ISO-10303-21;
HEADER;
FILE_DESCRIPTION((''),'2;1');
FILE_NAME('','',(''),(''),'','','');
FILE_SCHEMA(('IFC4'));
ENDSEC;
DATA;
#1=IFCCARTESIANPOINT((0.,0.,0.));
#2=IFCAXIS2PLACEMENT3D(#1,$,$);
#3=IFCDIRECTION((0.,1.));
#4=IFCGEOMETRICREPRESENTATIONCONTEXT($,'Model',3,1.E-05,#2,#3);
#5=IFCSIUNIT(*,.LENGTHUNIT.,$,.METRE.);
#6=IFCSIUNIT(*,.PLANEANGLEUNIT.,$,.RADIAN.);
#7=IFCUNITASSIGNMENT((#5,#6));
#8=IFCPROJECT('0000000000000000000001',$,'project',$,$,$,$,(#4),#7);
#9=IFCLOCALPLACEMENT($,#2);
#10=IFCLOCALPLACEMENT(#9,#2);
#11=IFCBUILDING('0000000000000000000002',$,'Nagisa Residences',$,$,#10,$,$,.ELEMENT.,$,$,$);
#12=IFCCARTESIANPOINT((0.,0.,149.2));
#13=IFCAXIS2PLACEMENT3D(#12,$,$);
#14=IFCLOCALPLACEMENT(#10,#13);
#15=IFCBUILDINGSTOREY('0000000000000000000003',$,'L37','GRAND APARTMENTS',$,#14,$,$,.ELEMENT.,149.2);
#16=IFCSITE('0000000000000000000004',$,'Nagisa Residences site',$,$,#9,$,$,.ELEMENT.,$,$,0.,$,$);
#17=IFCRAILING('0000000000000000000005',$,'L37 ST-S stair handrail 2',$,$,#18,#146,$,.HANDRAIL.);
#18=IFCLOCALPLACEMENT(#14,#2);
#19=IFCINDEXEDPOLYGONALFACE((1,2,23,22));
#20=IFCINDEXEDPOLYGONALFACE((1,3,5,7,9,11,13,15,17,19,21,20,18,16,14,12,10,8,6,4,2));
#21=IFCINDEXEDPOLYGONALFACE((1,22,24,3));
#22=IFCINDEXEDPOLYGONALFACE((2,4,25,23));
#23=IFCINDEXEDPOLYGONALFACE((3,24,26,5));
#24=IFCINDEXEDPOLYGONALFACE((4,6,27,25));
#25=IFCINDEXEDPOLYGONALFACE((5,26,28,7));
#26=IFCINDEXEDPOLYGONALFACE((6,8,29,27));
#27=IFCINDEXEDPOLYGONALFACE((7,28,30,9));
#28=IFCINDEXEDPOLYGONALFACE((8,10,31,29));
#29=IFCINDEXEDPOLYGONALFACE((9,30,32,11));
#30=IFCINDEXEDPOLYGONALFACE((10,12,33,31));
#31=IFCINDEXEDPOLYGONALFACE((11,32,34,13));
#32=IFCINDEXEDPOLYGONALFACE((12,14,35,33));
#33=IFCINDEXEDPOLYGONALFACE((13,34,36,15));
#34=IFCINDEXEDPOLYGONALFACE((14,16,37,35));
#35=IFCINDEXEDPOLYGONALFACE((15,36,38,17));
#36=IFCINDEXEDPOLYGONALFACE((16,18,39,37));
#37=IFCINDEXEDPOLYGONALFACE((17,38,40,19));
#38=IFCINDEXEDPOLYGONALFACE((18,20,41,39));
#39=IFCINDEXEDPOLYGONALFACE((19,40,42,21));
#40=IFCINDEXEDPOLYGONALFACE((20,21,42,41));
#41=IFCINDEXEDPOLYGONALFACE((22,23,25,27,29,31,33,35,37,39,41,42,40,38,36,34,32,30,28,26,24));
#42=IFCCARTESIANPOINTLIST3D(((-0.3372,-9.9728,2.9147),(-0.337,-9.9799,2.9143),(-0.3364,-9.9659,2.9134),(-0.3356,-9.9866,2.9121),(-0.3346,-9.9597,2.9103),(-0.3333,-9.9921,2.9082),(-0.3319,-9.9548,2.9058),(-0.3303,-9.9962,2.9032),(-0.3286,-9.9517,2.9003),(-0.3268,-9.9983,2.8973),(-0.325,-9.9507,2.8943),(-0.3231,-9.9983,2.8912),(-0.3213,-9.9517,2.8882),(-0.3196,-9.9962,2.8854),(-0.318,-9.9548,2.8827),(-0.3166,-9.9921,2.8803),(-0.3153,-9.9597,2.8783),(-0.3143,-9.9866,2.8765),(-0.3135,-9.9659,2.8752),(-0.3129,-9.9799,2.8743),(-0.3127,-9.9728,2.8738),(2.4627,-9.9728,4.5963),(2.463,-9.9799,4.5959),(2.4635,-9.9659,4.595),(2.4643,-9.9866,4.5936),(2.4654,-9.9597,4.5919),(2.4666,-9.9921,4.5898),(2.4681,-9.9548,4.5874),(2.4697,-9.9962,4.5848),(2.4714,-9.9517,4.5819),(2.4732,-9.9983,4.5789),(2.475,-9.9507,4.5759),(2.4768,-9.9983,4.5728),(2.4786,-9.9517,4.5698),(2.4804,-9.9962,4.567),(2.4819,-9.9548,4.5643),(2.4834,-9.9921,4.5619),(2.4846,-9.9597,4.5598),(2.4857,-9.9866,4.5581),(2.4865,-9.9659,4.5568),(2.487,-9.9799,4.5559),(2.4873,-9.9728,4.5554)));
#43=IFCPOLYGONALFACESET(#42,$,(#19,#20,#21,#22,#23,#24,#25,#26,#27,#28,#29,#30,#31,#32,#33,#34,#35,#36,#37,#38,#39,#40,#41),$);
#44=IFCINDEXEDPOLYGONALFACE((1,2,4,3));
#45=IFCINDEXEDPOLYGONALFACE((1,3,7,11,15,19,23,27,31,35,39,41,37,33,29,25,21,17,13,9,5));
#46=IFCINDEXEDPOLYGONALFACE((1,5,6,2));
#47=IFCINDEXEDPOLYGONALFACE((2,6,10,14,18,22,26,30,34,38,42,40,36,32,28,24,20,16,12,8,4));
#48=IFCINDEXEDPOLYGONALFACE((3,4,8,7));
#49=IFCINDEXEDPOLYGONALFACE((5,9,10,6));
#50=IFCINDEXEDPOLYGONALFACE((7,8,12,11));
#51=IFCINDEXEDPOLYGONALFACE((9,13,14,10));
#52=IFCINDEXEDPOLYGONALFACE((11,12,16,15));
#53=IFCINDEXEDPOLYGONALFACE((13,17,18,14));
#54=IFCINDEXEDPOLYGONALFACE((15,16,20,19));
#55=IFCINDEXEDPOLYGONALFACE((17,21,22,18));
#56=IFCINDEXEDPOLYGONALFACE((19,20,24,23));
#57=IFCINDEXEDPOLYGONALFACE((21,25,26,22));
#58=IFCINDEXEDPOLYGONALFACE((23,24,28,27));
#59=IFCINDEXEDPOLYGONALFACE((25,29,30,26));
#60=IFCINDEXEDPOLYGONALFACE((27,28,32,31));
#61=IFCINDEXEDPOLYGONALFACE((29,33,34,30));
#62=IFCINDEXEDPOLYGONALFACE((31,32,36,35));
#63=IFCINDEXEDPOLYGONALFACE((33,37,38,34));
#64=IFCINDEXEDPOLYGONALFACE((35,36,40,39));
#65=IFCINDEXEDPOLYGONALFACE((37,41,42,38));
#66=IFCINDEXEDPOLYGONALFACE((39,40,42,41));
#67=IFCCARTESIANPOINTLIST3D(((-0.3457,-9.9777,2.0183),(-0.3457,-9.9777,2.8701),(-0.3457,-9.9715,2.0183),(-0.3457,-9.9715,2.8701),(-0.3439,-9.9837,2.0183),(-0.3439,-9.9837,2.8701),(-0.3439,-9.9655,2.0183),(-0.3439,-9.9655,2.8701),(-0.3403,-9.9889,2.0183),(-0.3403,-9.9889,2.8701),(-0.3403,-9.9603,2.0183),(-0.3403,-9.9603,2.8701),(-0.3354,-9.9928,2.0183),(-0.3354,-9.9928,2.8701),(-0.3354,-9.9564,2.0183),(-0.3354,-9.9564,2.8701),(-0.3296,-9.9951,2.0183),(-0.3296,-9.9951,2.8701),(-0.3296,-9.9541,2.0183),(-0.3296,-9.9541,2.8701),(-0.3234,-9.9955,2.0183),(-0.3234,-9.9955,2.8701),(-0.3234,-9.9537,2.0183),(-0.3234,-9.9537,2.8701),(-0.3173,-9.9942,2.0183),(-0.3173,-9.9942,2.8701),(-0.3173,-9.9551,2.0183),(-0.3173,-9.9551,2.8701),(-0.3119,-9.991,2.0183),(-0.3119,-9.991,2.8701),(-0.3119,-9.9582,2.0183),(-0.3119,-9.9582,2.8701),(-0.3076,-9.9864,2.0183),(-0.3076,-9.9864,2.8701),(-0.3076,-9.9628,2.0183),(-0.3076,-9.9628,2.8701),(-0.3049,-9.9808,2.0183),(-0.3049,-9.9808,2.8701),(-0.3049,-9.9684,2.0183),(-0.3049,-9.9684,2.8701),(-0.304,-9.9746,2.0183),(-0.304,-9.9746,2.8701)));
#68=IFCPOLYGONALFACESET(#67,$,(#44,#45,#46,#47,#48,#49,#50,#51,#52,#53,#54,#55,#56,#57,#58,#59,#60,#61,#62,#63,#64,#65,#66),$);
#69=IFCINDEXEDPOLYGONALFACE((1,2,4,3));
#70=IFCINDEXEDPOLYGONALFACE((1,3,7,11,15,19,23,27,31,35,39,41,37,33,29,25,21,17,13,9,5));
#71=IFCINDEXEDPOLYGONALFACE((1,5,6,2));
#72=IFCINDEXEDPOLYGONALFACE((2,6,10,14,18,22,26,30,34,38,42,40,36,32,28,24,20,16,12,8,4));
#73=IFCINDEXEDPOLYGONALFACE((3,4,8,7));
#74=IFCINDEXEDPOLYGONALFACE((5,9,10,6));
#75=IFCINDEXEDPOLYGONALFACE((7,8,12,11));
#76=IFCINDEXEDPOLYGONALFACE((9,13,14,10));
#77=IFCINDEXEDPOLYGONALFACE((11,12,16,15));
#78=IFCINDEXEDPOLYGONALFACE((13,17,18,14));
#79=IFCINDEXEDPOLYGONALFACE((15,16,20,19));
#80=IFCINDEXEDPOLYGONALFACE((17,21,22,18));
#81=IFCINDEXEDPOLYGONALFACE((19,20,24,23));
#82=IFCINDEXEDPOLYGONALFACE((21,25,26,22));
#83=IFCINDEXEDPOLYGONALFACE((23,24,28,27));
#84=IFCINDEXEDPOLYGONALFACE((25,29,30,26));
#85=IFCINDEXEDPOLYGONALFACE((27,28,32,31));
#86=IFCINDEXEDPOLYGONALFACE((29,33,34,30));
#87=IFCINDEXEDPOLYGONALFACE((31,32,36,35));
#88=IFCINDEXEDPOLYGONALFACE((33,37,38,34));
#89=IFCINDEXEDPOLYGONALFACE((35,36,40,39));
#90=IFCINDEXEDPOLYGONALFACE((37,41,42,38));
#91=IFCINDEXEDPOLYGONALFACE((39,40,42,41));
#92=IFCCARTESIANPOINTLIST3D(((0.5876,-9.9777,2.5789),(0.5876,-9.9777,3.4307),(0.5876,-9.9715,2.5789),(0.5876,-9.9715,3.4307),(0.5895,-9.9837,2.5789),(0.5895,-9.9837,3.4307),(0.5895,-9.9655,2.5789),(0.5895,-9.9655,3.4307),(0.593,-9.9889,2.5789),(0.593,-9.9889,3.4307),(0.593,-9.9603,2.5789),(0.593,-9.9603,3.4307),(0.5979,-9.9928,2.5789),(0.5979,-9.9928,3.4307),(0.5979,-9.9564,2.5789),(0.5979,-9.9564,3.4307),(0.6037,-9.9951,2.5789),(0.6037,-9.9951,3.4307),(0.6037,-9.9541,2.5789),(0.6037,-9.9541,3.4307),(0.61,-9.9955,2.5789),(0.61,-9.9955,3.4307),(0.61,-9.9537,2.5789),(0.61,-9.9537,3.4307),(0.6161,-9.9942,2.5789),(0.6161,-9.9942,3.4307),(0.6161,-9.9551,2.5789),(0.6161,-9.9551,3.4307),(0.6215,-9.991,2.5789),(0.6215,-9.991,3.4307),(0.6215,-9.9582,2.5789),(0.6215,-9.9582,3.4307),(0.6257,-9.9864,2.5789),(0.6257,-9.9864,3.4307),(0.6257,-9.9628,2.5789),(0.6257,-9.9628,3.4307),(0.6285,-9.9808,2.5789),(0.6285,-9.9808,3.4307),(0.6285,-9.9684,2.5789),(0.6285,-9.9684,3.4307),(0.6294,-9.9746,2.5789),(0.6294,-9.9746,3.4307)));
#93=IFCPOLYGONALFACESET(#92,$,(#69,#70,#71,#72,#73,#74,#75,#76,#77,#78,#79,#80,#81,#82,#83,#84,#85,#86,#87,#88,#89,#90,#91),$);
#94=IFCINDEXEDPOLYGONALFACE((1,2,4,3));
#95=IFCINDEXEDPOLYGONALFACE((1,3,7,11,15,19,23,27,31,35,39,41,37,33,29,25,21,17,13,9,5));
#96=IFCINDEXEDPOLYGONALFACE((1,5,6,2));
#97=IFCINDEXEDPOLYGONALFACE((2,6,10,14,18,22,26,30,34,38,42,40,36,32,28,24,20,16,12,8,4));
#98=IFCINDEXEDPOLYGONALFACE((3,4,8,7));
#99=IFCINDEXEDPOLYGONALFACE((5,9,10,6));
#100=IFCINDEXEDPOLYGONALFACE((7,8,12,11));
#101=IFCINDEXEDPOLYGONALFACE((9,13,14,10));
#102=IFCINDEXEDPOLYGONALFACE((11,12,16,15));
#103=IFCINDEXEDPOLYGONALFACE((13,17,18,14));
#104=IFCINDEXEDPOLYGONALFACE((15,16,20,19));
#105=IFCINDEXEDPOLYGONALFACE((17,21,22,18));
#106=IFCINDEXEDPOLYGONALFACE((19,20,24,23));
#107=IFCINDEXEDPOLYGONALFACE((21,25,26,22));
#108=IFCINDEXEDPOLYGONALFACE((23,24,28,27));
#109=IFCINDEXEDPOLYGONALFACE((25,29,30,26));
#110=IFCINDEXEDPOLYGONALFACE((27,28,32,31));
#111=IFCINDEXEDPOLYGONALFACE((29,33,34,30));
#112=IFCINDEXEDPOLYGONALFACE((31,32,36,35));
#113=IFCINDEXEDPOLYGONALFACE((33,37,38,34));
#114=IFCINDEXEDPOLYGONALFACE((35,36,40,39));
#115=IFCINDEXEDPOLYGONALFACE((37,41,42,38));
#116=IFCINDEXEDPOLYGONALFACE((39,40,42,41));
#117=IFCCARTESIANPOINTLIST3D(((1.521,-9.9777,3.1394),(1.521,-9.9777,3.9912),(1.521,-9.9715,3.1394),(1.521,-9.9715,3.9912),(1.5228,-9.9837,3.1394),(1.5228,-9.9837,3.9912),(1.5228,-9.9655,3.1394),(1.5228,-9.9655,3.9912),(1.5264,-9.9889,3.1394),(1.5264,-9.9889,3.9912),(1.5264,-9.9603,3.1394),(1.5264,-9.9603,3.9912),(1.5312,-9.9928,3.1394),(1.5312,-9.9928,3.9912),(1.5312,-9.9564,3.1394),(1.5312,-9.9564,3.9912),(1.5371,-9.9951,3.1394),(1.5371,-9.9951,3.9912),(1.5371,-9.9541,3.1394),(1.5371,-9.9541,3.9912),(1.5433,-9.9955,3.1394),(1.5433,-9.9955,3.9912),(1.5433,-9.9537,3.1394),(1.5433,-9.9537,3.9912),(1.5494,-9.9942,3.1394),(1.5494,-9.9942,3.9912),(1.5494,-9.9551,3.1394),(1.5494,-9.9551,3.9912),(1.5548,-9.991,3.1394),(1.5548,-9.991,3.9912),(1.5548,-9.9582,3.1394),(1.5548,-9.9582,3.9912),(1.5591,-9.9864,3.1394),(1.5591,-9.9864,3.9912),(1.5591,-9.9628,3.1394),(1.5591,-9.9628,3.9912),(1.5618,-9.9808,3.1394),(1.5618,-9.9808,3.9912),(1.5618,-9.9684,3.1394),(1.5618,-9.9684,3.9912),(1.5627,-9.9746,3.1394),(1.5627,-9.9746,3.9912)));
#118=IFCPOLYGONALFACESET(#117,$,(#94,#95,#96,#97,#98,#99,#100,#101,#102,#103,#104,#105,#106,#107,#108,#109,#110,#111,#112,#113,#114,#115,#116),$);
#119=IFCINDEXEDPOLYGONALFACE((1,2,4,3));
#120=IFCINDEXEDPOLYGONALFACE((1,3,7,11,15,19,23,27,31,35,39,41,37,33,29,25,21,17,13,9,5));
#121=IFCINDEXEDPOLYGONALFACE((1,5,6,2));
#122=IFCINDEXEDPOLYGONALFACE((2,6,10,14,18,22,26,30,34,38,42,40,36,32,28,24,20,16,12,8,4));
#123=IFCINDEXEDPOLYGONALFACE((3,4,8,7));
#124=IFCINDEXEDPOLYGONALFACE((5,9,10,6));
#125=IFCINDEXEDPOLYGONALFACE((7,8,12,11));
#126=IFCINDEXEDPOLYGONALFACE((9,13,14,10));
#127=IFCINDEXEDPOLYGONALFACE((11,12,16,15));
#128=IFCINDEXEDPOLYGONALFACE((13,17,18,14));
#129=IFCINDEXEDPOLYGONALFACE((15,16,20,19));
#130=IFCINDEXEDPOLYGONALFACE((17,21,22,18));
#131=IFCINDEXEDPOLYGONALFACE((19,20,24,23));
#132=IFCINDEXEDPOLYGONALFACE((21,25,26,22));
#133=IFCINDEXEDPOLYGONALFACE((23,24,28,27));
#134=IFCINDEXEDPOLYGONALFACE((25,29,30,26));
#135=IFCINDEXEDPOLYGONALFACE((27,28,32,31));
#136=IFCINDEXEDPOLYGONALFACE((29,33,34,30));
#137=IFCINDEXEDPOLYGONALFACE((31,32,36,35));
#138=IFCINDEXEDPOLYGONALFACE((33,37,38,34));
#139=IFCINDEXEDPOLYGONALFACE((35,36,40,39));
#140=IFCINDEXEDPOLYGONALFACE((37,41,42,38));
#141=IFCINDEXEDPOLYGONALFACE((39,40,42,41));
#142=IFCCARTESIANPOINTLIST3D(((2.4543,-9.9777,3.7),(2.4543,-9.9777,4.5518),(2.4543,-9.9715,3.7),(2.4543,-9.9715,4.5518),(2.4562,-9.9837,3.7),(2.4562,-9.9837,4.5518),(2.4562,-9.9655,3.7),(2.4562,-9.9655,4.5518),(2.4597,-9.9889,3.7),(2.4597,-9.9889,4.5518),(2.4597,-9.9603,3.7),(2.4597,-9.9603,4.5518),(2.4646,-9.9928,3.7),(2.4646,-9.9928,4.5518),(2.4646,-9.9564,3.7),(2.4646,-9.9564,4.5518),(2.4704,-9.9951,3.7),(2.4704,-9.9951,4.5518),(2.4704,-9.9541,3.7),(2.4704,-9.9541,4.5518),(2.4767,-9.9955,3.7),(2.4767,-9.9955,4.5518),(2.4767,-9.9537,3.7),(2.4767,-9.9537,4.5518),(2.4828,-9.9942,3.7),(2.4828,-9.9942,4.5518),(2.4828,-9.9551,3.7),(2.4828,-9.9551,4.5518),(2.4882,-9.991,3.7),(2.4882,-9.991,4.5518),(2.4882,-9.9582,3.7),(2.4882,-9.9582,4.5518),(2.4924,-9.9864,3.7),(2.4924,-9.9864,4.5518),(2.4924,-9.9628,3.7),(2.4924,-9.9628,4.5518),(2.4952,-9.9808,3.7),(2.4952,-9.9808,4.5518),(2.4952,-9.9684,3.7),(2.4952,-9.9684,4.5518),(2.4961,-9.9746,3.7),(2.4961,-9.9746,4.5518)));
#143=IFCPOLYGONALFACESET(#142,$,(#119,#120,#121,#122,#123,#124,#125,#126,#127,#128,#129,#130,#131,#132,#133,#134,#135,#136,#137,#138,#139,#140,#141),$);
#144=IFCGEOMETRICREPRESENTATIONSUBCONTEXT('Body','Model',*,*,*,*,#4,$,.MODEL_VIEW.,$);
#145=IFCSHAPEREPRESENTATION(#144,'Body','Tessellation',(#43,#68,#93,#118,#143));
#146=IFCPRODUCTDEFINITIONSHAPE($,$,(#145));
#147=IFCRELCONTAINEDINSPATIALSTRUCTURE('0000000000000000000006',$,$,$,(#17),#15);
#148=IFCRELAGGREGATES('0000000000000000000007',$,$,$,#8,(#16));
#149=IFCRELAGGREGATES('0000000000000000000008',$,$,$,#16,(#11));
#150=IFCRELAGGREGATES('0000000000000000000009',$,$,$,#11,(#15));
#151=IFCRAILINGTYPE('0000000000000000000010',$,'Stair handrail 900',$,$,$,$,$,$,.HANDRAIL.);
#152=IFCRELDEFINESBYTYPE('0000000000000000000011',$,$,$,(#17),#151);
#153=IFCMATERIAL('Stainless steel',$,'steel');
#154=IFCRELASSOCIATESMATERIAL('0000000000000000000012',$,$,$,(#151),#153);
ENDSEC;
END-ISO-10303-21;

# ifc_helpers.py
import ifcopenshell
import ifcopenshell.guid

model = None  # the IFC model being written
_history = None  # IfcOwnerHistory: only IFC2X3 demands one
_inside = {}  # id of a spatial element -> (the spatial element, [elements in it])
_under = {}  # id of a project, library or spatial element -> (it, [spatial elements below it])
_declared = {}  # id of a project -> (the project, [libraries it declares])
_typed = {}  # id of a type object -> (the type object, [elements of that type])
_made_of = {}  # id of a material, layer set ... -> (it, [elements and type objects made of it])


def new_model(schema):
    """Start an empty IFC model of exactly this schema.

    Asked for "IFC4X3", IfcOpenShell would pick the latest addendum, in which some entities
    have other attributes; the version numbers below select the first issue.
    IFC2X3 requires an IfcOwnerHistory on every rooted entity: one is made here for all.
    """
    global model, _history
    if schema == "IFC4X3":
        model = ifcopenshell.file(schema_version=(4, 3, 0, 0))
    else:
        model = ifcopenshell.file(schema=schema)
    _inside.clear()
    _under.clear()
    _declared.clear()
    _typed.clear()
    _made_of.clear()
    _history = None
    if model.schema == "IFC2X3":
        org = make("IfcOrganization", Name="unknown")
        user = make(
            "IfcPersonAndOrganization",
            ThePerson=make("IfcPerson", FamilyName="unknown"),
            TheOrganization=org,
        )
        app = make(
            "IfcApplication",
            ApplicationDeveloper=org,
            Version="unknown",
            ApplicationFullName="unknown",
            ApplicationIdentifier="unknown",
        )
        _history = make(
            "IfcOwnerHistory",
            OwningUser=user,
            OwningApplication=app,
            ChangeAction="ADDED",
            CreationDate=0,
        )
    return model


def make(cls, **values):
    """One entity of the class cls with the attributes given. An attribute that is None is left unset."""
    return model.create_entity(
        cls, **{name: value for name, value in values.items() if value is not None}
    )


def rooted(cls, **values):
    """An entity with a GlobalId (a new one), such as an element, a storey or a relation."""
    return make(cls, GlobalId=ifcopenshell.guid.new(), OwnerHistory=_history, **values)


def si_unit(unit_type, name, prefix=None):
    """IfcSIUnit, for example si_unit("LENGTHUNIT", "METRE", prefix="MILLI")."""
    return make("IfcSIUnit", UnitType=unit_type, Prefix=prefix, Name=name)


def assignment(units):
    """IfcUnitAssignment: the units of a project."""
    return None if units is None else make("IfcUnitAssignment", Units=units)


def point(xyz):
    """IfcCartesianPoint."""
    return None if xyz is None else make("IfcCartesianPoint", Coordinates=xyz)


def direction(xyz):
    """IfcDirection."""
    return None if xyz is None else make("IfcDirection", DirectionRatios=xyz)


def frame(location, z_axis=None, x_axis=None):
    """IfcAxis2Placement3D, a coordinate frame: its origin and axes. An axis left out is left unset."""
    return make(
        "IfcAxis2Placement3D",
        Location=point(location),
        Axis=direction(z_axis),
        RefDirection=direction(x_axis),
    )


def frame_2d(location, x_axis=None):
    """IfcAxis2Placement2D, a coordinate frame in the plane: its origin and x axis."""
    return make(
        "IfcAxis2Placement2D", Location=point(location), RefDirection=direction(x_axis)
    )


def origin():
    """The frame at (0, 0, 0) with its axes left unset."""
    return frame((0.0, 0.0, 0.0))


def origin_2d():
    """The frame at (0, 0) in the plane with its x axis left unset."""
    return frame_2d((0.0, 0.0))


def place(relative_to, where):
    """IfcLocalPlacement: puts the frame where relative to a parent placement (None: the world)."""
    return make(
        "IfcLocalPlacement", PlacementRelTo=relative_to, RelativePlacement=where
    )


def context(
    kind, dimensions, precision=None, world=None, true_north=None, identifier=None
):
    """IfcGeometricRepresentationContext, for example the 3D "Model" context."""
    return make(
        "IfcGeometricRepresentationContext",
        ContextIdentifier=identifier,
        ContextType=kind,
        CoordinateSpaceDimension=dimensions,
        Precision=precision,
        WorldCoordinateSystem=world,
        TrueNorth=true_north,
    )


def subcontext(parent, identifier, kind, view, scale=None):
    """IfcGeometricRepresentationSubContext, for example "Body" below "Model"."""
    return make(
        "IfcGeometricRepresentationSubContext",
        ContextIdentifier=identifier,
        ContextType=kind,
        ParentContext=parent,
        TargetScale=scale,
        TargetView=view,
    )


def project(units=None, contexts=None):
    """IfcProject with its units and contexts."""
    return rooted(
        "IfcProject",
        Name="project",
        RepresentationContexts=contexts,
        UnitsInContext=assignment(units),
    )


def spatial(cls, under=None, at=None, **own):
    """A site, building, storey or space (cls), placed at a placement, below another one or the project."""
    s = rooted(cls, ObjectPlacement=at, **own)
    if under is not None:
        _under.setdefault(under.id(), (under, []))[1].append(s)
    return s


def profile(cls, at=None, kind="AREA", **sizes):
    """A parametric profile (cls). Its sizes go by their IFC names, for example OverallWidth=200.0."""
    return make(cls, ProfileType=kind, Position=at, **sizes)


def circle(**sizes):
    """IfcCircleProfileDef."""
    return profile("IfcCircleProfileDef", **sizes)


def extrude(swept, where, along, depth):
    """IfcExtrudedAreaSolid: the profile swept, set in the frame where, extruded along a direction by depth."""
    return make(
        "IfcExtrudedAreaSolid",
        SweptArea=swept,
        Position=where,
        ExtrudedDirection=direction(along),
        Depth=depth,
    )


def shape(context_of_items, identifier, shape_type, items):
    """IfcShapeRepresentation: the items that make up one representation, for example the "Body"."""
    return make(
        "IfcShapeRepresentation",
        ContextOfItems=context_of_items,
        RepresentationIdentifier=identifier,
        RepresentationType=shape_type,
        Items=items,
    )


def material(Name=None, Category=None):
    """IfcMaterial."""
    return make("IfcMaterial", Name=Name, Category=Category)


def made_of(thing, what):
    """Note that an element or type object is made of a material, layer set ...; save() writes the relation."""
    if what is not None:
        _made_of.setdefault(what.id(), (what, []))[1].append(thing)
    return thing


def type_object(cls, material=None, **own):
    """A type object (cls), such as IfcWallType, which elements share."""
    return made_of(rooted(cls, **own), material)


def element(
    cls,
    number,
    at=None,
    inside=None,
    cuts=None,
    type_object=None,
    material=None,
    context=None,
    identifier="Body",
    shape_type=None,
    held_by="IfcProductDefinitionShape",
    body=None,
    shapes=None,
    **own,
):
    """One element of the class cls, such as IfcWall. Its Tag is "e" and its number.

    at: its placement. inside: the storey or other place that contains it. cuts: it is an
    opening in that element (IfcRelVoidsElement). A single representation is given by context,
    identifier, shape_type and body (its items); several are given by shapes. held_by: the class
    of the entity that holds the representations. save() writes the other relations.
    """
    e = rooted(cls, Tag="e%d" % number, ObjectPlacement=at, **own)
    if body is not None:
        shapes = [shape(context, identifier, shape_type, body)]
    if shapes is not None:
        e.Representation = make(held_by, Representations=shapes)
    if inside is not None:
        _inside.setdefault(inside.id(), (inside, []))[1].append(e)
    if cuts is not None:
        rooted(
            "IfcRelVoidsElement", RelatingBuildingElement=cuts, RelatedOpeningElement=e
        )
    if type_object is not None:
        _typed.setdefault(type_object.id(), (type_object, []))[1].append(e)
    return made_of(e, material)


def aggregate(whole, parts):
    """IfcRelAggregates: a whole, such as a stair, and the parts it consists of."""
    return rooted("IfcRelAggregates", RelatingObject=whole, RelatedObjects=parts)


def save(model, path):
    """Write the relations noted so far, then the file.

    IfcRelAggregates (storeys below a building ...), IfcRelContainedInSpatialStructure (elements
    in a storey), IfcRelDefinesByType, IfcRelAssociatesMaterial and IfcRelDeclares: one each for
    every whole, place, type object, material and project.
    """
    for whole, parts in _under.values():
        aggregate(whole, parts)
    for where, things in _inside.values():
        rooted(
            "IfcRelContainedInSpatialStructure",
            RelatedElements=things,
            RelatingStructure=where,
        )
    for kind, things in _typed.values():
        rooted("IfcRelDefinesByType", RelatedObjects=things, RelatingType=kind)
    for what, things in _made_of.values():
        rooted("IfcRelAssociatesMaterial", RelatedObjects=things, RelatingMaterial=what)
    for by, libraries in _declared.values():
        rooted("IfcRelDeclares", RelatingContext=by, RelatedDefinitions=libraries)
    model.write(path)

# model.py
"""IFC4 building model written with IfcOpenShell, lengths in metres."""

from ifc_helpers import new_model, si_unit, direction, frame, origin, origin_2d, place, context, subcontext, project, spatial, circle, extrude, material, type_object, element, save


model = new_model("IFC4")

# Units and contexts
model_context = context("Model", 3, precision=1e-05, world=origin(), true_north=direction((0.0, 1.0)))
body_context = subcontext(model_context, "Body", "Model", "MODEL_VIEW")
ifc_project = project(units=[si_unit("LENGTHUNIT", "METRE"), si_unit("PLANEANGLEUNIT", "RADIAN")], contexts=[model_context])

# Site, building, storey
site_placement = place(None, origin())
site = spatial("IfcSite", under=ifc_project, at=site_placement, Name="Nagisa Residences site", CompositionType="ELEMENT", RefElevation=0.0)
building_placement = place(site_placement, origin())
building = spatial("IfcBuilding", under=site, at=building_placement, Name="Nagisa Residences", CompositionType="ELEMENT")
storey_placement = place(building_placement, frame((0.0, 0.0, 149.2)))
storey = spatial("IfcBuildingStorey", under=building, at=storey_placement, Name="L37", Description="GRAND APARTMENTS", CompositionType="ELEMENT", Elevation=149.2)

# Railing
ifc_material_1 = material(Name="Stainless steel", Category="steel")
railing_type = type_object("IfcRailingType", Name="Stair handrail 900", PredefinedType="HANDRAIL", material=ifc_material_1)
railing_placement = place(storey_placement, frame((-0.325, -9.9746, 2.0183)))
element("IfcRailing", 1, at=railing_placement, inside=storey, type_object=railing_type, Name="L37 ST-S stair handrail 2", PredefinedType="HANDRAIL", context=body_context, shape_type="SweptSolid", body=[
    extrude(circle(Radius=0.0239, at=origin_2d()), frame((0.0, 0.0, 0.876), z_axis=(0.857275, 0.0, 0.514858), x_axis=(0.0, 1.0, 0.0)), (0.0, 0.0, 1.0), 3.2661),
    extrude(circle(Radius=0.021, at=origin_2d()), origin(), (0.0, 0.0, 1.0), 0.8518),
    extrude(circle(Radius=0.021, at=origin_2d()), frame((0.9333, 0.0, 0.5605)), (0.0, 0.0, 1.0), 0.8518),
    extrude(circle(Radius=0.021, at=origin_2d()), frame((1.8667, 0.0, 1.1211)), (0.0, 0.0, 1.0), 0.8518),
    extrude(circle(Radius=0.021, at=origin_2d()), frame((2.8, 0.0, 1.6816)), (0.0, 0.0, 1.0), 0.8518),
])

save(model, "model.ifc")
